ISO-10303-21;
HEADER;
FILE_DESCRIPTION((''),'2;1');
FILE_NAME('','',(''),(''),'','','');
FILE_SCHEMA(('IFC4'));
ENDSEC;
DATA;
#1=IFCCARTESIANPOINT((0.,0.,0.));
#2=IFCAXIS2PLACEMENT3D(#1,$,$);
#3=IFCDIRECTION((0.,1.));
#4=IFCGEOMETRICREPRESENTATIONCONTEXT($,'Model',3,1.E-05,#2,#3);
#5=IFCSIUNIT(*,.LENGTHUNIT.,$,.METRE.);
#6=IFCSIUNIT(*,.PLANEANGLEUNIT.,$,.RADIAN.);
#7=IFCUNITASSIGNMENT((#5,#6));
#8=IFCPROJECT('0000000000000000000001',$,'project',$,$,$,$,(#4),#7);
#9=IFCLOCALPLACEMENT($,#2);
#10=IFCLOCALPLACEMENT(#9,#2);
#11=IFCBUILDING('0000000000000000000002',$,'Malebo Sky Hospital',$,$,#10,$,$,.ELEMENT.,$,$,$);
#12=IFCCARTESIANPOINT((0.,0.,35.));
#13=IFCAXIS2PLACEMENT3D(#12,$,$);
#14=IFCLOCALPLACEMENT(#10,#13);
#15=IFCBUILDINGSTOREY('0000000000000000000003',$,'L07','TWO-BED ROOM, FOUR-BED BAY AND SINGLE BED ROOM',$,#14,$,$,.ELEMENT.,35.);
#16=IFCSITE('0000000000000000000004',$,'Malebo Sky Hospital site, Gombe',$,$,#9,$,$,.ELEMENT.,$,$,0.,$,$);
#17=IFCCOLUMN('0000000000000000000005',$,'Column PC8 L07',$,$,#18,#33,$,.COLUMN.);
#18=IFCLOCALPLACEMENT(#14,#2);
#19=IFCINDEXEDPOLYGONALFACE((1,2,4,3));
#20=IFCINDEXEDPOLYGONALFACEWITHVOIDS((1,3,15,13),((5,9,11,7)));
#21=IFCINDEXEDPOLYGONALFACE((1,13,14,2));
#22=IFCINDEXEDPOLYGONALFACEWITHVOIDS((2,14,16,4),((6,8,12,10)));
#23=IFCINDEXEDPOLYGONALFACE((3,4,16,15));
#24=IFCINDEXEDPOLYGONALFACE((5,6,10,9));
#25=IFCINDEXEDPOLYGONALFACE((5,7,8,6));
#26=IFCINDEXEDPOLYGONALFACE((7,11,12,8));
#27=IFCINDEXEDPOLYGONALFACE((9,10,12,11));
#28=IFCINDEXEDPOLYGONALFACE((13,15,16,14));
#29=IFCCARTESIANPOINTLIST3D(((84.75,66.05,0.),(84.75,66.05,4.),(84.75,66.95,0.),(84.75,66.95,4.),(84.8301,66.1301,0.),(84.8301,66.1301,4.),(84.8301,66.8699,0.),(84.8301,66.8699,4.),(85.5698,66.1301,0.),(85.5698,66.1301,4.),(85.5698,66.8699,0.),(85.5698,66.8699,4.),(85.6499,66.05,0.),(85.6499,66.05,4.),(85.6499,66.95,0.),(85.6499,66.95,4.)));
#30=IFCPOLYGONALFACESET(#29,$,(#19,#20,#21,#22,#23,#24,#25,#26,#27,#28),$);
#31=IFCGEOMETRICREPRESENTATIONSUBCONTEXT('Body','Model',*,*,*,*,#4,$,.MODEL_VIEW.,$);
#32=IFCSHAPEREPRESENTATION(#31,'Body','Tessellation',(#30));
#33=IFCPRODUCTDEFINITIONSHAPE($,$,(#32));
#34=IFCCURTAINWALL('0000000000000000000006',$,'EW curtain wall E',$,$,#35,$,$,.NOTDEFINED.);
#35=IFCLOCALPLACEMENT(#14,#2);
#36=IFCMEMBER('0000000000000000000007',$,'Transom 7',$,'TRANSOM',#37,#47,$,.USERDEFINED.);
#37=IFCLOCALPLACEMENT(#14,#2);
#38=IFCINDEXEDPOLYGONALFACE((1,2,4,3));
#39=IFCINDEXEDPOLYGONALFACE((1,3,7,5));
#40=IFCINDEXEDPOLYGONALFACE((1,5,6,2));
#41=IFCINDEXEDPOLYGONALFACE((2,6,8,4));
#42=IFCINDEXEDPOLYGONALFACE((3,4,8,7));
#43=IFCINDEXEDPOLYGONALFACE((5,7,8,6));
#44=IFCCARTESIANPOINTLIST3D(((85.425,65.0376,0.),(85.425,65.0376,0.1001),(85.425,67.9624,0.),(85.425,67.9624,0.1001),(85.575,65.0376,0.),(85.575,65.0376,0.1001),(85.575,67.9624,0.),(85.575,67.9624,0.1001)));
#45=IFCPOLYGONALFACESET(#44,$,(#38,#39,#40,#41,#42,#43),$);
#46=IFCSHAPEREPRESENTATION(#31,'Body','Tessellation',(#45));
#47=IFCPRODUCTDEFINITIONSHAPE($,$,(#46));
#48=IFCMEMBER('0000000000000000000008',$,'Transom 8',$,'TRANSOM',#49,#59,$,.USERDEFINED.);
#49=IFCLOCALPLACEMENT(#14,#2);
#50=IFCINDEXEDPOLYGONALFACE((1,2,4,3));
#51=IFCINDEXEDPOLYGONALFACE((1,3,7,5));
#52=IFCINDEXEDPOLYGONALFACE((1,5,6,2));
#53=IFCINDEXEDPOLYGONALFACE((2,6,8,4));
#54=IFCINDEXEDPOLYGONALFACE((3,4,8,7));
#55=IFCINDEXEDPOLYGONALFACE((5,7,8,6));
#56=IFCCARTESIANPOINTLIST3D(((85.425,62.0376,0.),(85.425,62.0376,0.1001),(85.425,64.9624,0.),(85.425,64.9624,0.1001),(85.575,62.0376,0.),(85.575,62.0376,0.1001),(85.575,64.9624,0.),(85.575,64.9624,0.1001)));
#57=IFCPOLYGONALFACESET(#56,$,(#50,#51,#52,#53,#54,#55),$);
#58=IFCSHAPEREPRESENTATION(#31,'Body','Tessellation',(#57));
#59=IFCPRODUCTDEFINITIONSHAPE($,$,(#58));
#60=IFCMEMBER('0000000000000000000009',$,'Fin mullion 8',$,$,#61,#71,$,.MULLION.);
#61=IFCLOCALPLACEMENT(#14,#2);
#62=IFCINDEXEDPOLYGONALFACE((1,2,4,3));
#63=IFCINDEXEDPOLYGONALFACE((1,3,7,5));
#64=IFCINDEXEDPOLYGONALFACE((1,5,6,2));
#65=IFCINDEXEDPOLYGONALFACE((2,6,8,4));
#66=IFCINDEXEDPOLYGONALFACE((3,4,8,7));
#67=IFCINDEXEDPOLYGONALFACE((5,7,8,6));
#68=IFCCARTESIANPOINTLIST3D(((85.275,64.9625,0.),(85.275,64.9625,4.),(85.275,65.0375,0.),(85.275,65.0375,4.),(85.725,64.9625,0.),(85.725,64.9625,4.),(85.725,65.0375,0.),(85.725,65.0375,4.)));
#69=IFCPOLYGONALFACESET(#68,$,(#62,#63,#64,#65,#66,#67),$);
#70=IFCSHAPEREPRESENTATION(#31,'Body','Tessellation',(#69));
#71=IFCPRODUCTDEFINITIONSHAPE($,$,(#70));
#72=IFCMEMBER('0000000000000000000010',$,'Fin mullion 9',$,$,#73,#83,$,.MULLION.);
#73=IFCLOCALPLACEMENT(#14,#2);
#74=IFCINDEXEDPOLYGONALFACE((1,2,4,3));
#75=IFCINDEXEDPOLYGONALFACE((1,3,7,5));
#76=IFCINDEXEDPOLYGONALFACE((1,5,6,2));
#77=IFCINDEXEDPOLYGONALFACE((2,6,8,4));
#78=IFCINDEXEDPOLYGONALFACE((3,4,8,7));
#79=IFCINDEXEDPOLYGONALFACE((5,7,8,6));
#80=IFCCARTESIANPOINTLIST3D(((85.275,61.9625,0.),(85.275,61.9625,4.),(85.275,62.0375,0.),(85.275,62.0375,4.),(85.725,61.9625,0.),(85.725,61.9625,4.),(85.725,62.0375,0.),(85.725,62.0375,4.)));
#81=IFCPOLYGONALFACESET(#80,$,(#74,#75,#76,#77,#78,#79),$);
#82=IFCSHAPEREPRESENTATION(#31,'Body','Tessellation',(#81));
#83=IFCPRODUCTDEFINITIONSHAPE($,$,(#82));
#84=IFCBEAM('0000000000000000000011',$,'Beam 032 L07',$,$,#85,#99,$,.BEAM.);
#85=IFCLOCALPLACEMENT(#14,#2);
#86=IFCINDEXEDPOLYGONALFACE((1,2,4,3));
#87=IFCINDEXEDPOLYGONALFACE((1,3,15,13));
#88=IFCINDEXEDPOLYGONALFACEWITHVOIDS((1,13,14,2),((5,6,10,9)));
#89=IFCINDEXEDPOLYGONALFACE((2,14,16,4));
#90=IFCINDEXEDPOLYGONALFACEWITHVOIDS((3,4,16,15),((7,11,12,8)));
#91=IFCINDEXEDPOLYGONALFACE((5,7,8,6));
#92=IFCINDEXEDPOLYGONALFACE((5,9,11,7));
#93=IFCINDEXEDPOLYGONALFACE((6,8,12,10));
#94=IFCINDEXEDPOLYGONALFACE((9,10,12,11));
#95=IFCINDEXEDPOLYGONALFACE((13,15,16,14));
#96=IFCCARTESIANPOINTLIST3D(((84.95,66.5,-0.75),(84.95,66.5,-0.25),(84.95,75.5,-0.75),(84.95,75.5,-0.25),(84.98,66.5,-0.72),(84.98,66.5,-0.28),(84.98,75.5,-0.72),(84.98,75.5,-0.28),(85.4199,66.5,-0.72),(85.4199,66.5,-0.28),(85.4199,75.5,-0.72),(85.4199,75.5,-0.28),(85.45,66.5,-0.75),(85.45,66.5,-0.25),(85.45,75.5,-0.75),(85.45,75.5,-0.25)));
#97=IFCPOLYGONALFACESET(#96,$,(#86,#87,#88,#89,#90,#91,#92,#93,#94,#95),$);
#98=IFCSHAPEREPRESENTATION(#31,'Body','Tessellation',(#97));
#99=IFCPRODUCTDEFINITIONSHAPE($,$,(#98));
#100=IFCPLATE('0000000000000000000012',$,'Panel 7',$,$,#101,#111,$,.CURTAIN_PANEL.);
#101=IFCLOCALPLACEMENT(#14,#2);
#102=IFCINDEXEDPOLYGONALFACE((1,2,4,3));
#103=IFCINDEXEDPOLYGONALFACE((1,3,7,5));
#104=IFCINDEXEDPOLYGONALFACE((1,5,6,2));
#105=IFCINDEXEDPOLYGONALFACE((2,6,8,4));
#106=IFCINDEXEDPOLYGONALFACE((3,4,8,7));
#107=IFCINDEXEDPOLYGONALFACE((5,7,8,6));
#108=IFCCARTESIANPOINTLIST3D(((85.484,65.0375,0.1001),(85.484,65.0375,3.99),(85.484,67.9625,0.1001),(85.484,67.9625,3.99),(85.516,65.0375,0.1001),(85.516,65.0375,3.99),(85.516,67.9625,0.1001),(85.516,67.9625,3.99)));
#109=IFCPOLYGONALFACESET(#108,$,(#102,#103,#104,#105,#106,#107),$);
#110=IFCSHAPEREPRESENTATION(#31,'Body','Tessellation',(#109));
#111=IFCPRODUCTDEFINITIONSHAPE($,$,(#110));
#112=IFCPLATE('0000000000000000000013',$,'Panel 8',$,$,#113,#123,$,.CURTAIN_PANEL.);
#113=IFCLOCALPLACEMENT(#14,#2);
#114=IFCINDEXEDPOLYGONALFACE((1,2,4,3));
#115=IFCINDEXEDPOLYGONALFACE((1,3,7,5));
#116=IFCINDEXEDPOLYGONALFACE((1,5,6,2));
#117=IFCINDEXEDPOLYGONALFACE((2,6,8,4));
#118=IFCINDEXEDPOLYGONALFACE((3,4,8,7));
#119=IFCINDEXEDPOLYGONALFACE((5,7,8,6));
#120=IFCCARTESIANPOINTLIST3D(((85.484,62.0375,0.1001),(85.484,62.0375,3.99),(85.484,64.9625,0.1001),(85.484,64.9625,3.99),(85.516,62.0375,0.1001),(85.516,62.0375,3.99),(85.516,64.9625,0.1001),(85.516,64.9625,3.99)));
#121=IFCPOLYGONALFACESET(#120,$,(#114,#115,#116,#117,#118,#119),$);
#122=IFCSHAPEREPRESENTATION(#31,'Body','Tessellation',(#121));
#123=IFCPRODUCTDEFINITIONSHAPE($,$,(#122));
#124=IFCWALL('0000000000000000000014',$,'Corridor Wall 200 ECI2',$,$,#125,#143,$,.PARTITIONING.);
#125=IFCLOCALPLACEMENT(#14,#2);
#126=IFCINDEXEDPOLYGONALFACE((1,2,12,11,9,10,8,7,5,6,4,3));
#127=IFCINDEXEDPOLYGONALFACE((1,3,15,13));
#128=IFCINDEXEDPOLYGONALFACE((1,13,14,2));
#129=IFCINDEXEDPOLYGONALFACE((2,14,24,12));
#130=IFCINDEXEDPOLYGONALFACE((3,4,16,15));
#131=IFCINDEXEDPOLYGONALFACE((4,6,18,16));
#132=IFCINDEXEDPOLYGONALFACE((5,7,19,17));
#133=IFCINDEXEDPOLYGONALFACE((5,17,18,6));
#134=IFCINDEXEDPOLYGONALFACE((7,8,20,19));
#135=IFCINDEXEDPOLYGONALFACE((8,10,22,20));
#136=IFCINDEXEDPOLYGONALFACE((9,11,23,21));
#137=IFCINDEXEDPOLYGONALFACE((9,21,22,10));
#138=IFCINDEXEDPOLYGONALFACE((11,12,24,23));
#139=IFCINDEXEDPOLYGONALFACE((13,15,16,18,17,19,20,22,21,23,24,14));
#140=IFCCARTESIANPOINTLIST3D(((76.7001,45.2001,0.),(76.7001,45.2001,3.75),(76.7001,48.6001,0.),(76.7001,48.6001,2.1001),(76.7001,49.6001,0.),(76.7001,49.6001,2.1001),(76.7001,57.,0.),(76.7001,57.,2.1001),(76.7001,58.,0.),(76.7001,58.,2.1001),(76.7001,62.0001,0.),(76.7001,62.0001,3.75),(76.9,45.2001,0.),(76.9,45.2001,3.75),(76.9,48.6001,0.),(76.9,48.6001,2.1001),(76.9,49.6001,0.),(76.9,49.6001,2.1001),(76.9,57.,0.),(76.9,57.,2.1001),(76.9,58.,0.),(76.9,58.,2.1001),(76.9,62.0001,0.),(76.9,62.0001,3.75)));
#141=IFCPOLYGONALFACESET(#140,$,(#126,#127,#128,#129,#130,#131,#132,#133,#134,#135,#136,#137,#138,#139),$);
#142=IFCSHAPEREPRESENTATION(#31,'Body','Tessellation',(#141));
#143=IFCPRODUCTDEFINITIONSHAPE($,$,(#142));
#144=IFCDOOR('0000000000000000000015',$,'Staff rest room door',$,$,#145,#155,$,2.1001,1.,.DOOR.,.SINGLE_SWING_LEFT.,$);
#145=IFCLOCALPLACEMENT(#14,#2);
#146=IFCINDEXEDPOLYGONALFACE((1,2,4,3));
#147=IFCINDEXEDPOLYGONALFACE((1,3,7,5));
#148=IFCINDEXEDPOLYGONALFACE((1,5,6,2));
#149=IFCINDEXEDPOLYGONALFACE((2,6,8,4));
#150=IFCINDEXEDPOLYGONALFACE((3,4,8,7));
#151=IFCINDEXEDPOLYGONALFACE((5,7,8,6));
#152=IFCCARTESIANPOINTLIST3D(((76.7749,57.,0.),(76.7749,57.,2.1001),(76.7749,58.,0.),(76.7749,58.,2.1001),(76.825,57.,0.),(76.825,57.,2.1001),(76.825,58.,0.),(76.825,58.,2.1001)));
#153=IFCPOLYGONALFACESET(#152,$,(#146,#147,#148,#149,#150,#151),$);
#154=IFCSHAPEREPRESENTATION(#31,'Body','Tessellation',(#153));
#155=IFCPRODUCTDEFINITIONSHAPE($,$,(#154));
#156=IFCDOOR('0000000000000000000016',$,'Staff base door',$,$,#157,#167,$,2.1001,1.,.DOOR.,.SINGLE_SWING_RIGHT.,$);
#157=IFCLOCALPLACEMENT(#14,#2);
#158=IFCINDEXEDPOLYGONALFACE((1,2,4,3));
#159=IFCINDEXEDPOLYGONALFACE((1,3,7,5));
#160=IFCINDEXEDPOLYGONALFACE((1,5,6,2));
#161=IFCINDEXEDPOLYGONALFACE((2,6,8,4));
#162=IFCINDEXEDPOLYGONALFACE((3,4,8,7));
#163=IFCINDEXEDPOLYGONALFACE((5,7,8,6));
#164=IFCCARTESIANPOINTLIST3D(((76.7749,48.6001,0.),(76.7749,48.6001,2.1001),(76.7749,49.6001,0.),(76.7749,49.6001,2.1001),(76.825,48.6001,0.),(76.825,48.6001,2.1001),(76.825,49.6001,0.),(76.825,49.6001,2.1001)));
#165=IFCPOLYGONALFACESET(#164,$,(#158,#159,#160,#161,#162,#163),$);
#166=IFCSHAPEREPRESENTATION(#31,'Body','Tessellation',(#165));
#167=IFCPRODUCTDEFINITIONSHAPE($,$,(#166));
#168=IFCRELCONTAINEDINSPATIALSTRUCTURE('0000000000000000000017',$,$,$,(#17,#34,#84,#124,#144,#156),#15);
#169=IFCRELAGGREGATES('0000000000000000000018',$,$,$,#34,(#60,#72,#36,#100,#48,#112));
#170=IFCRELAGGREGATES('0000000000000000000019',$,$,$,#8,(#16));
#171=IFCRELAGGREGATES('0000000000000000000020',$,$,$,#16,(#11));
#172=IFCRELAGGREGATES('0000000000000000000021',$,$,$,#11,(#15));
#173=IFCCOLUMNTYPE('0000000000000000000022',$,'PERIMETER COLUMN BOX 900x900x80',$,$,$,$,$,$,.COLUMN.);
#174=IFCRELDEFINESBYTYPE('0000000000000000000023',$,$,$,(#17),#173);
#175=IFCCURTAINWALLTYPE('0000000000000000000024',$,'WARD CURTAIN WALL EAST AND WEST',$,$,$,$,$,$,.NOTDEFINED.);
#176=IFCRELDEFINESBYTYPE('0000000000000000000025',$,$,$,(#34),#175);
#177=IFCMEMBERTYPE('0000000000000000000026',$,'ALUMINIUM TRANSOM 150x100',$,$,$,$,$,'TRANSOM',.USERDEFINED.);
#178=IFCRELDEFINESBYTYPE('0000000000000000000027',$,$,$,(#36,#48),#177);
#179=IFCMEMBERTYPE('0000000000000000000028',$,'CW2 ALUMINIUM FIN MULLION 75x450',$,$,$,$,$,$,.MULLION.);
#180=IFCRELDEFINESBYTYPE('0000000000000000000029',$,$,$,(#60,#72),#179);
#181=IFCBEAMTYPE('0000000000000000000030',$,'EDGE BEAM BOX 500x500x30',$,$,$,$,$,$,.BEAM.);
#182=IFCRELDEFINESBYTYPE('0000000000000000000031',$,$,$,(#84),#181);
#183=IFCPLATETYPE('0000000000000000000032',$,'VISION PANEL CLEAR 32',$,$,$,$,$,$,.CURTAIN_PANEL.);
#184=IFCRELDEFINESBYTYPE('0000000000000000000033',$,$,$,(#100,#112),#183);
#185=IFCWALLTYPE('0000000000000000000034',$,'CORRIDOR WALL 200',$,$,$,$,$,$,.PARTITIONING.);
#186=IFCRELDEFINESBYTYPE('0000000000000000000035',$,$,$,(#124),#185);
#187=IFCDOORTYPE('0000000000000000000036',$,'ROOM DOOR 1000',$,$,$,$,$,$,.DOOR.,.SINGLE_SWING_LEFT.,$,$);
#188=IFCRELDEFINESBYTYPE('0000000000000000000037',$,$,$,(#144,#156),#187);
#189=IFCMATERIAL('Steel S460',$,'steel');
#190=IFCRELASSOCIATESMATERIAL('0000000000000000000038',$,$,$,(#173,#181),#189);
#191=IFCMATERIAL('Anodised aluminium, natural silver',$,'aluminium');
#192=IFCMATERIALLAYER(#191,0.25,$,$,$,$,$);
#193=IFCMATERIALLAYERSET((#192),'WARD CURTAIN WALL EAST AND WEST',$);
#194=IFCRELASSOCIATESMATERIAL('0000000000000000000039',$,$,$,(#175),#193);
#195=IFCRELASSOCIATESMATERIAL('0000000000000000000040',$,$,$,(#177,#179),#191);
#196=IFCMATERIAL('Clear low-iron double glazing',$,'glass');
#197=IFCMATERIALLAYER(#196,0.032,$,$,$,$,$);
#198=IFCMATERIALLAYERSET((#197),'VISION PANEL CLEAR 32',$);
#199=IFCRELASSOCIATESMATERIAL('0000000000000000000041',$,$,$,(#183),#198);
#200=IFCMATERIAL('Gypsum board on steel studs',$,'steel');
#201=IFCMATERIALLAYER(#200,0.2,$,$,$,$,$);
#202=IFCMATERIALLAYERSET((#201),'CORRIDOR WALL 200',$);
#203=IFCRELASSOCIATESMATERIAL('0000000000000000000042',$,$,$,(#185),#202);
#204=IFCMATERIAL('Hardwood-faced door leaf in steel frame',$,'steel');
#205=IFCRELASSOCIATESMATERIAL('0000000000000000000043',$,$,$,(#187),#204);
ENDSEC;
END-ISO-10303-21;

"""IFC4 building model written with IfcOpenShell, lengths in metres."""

from ifc_helpers import new_model, si_unit, direction, frame, frame_2d, origin, origin_2d, place, context, subcontext, project, spatial, rectangle, hollow_rectangle, extrude, material, layer, layer_set, material_profile, profile_set, type_object, element, fill, aggregate, save


model = new_model("IFC4")

# Units and contexts
model_context = context("Model", 3, precision=1e-05, world=origin(), true_north=direction((0.0, 1.0)))
body_context = subcontext(model_context, "Body", "Model", "MODEL_VIEW")
ifc_project = project(units=[si_unit("LENGTHUNIT", "METRE"), si_unit("PLANEANGLEUNIT", "RADIAN")], contexts=[model_context])

# Site, building, storey
site_placement = place(None, origin())
site = spatial("IfcSite", under=ifc_project, at=site_placement, Name="Malebo Sky Hospital site, Gombe", CompositionType="ELEMENT", RefElevation=0.0)
building_placement = place(site_placement, origin())
building = spatial("IfcBuilding", under=site, at=building_placement, Name="Malebo Sky Hospital", CompositionType="ELEMENT")
storey_placement = place(building_placement, frame((0.0, 0.0, 35.0)))
storey = spatial("IfcBuildingStorey", under=building, at=storey_placement, Name="L07", Description="TWO-BED ROOM, FOUR-BED BAY AND SINGLE BED ROOM", CompositionType="ELEMENT", Elevation=35.0)

# Column
ifc_material_1 = material(Name="Steel S460", Category="steel")
ifc_material_profile_1 = material_profile(ifc_material_1, hollow_rectangle(XDim=0.8999, YDim=0.8999, WallThickness=0.0801, at=origin_2d()), Name="BOX 900x900x80")
ifc_profile_set_1 = profile_set([ifc_material_profile_1], Name="Steel S460")
column_type = type_object("IfcColumnType", Name="PERIMETER COLUMN BOX 900x900x80", PredefinedType="COLUMN", material=ifc_profile_set_1)
column_placement = place(storey_placement, frame((85.2, 66.5, 0.0), z_axis=(0.0, 0.0, 1.0), x_axis=(1.0, 0.0, 0.0)))
element("IfcColumn", 1, at=column_placement, inside=storey, type_object=column_type, Name="Column PC8 L07", PredefinedType="COLUMN", context=body_context, shape_type="SweptSolid", body=[
    extrude(hollow_rectangle(XDim=0.8999, YDim=0.8999, WallThickness=0.0801, at=origin_2d()), origin(), (0.0, 0.0, 1.0), 4.0),
])

# Curtain wall, members
ifc_material_2 = material(Name="Anodised aluminium, natural silver", Category="aluminium")
ifc_layer_1 = layer(ifc_material_2, 0.25)
ifc_layer_set_1 = layer_set([ifc_layer_1], Name="WARD CURTAIN WALL EAST AND WEST")
curtain_wall_type = type_object("IfcCurtainWallType", Name="WARD CURTAIN WALL EAST AND WEST", PredefinedType="NOTDEFINED", material=ifc_layer_set_1)
curtain_wall_placement = place(storey_placement, origin())
curtain_wall = element("IfcCurtainWall", 2, at=curtain_wall_placement, inside=storey, type_object=curtain_wall_type, Name="EW curtain wall E", PredefinedType="NOTDEFINED")
ifc_material_profile_2 = material_profile(ifc_material_2, rectangle(XDim=0.1499, YDim=0.1001, at=origin_2d()), Name="ALUMINIUM TRANSOM 150x100")
ifc_profile_set_2 = profile_set([ifc_material_profile_2], Name="Anodised aluminium, natural silver")
member_type_1 = type_object("IfcMemberType", Name="ALUMINIUM TRANSOM 150x100", ElementType="TRANSOM", PredefinedType="USERDEFINED", material=ifc_profile_set_2)
member_1_placement = place(storey_placement, frame((85.5, 67.9624, 0.05), z_axis=(0.0, -1.0, 0.0), x_axis=(1.0, 0.0, 0.0)))
member_1 = element("IfcMember", 3, at=member_1_placement, type_object=member_type_1, Name="Transom 7", ObjectType="TRANSOM", PredefinedType="USERDEFINED", context=body_context, shape_type="SweptSolid", body=[
    extrude(rectangle(XDim=0.1499, YDim=0.1001, at=origin_2d()), origin(), (0.0, 0.0, 1.0), 2.9248),
])
member_2_placement = place(storey_placement, frame((85.5, 64.9624, 0.05), z_axis=(0.0, -1.0, 0.0), x_axis=(1.0, 0.0, 0.0)))
member_2 = element("IfcMember", 4, at=member_2_placement, type_object=member_type_1, Name="Transom 8", ObjectType="TRANSOM", PredefinedType="USERDEFINED", context=body_context, shape_type="SweptSolid", body=[
    extrude(rectangle(XDim=0.1499, YDim=0.1001, at=origin_2d()), origin(), (0.0, 0.0, 1.0), 2.9248),
])
ifc_material_profile_3 = material_profile(ifc_material_2, rectangle(XDim=0.075, YDim=0.45, at=origin_2d()), Name="CW2 ALUMINIUM FIN MULLION 75x450")
ifc_profile_set_3 = profile_set([ifc_material_profile_3], Name="Anodised aluminium, natural silver")
member_type_2 = type_object("IfcMemberType", Name="CW2 ALUMINIUM FIN MULLION 75x450", PredefinedType="MULLION", material=ifc_profile_set_3)
member_3_placement = place(storey_placement, frame((85.5, 65.0, 0.0), z_axis=(0.0, 0.0, 1.0), x_axis=(0.0, -1.0, 0.0)))
member_3 = element("IfcMember", 5, at=member_3_placement, type_object=member_type_2, Name="Fin mullion 8", PredefinedType="MULLION", context=body_context, shape_type="SweptSolid", body=[
    extrude(rectangle(XDim=0.075, YDim=0.45, at=origin_2d()), origin(), (0.0, 0.0, 1.0), 4.0),
])
member_4_placement = place(storey_placement, frame((85.5, 62.0, 0.0), z_axis=(0.0, 0.0, 1.0), x_axis=(0.0, -1.0, 0.0)))
member_4 = element("IfcMember", 6, at=member_4_placement, type_object=member_type_2, Name="Fin mullion 9", PredefinedType="MULLION", context=body_context, shape_type="SweptSolid", body=[
    extrude(rectangle(XDim=0.075, YDim=0.45, at=origin_2d()), origin(), (0.0, 0.0, 1.0), 4.0),
])

# Beam
ifc_material_profile_4 = material_profile(ifc_material_1, hollow_rectangle(XDim=0.5, YDim=0.5, WallThickness=0.03, at=origin_2d()), Name="BOX 500x500x30")
ifc_profile_set_4 = profile_set([ifc_material_profile_4], Name="Steel S460")
beam_type = type_object("IfcBeamType", Name="EDGE BEAM BOX 500x500x30", PredefinedType="BEAM", material=ifc_profile_set_4)
beam_placement = place(storey_placement, frame((85.2, 66.5, -0.5), z_axis=(0.0, 1.0, 0.0), x_axis=(-1.0, 0.0, 0.0)))
element("IfcBeam", 7, at=beam_placement, inside=storey, type_object=beam_type, Name="Beam 032 L07", PredefinedType="BEAM", context=body_context, shape_type="SweptSolid", body=[
    extrude(hollow_rectangle(XDim=0.5, YDim=0.5, WallThickness=0.03, at=origin_2d()), origin(), (0.0, 0.0, 1.0), 9.0),
])

# Plates
ifc_material_3 = material(Name="Clear low-iron double glazing", Category="glass")
ifc_layer_2 = layer(ifc_material_3, 0.032)
ifc_layer_set_2 = layer_set([ifc_layer_2], Name="VISION PANEL CLEAR 32")
plate_type = type_object("IfcPlateType", Name="VISION PANEL CLEAR 32", PredefinedType="CURTAIN_PANEL", material=ifc_layer_set_2)
plate_1_placement = place(storey_placement, frame((85.5, 66.5, 0.1001), z_axis=(0.0, 0.0, 1.0), x_axis=(0.0, -1.0, 0.0)))
plate_1 = element("IfcPlate", 8, at=plate_1_placement, type_object=plate_type, Name="Panel 7", PredefinedType="CURTAIN_PANEL", context=body_context, shape_type="SweptSolid", body=[
    extrude(rectangle(XDim=2.925, YDim=0.032, at=origin_2d()), origin(), (0.0, 0.0, 1.0), 3.8899),
])
plate_2_placement = place(storey_placement, frame((85.5, 63.5, 0.1001), z_axis=(0.0, 0.0, 1.0), x_axis=(0.0, -1.0, 0.0)))
plate_2 = element("IfcPlate", 9, at=plate_2_placement, type_object=plate_type, Name="Panel 8", PredefinedType="CURTAIN_PANEL", context=body_context, shape_type="SweptSolid", body=[
    extrude(rectangle(XDim=2.925, YDim=0.032, at=origin_2d()), origin(), (0.0, 0.0, 1.0), 3.8899),
])
aggregate(curtain_wall, [member_3, member_4, member_1, plate_1, member_2, plate_2])

# Wall, openings, doors
ifc_material_4 = material(Name="Gypsum board on steel studs", Category="steel")
ifc_layer_3 = layer(ifc_material_4, 0.2)
ifc_layer_set_3 = layer_set([ifc_layer_3], Name="CORRIDOR WALL 200")
wall_type_1 = type_object("IfcWallType", Name="CORRIDOR WALL 200", PredefinedType="PARTITIONING", material=ifc_layer_set_3)
wall_1_placement = place(storey_placement, frame((76.8, 62.0, 0.0), z_axis=(0.0, 0.0, 1.0), x_axis=(0.0, -1.0, 0.0)))
wall_1 = element("IfcWall", 10, at=wall_1_placement, inside=storey, type_object=wall_type_1, Name="Corridor Wall 200 ECI2", PredefinedType="PARTITIONING", context=body_context, shape_type="SweptSolid", body=[
    extrude(rectangle(XDim=16.8, YDim=0.2, at=frame_2d((8.3999, 0.0))), origin(), (0.0, 0.0, 1.0), 3.75),
])
opening_1_placement = place(wall_1_placement, frame((4.0, 0.0, 0.0)))
opening_1 = element("IfcOpeningElement", 11, at=opening_1_placement, cuts=wall_1, PredefinedType="OPENING", context=body_context, shape_type="SweptSolid", body=[
    extrude(rectangle(XDim=1.0, YDim=2.1001, at=frame_2d((0.5, 1.05))), frame((0.0, 0.1099, 0.0), z_axis=(0.0, -1.0, 0.0), x_axis=(1.0, 0.0, 0.0)), (0.0, 0.0, 1.0), 0.22),
])
opening_2_placement = place(wall_1_placement, frame((12.3999, 0.0, 0.0)))
opening_2 = element("IfcOpeningElement", 12, at=opening_2_placement, cuts=wall_1, PredefinedType="OPENING", context=body_context, shape_type="SweptSolid", body=[
    extrude(rectangle(XDim=1.0, YDim=2.1001, at=frame_2d((0.5, 1.05))), frame((0.0, 0.1099, 0.0), z_axis=(0.0, -1.0, 0.0), x_axis=(1.0, 0.0, 0.0)), (0.0, 0.0, 1.0), 0.22),
])
ifc_material_5 = material(Name="Hardwood-faced door leaf in steel frame", Category="steel")
door_type_1 = type_object("IfcDoorType", Name="ROOM DOOR 1000", OperationType="SINGLE_SWING_LEFT", PredefinedType="DOOR", material=ifc_material_5)
door_1_placement = place(opening_1_placement, origin())
door_1 = element("IfcDoor", 13, at=door_1_placement, inside=storey, type_object=door_type_1, Name="Staff rest room door", OperationType="SINGLE_SWING_LEFT", OverallHeight=2.1001, OverallWidth=1.0, PredefinedType="DOOR", context=body_context, shape_type="SweptSolid", body=[
    extrude(rectangle(XDim=1.0, YDim=2.1001, at=frame_2d((0.5, 1.05))), frame((0.0, 0.0249, 0.0), z_axis=(0.0, -1.0, 0.0), x_axis=(1.0, 0.0, 0.0)), (0.0, 0.0, 1.0), 0.05),
])
fill(opening_1, door_1)
door_2_placement = place(opening_2_placement, origin())
door_2 = element("IfcDoor", 14, at=door_2_placement, inside=storey, type_object=door_type_1, Name="Staff base door", OperationType="SINGLE_SWING_RIGHT", OverallHeight=2.1001, OverallWidth=1.0, PredefinedType="DOOR", context=body_context, shape_type="SweptSolid", body=[
    extrude(rectangle(XDim=1.0, YDim=2.1001, at=frame_2d((0.5, 1.05))), frame((0.0, 0.0249, 0.0), z_axis=(0.0, -1.0, 0.0), x_axis=(1.0, 0.0, 0.0)), (0.0, 0.0, 1.0), 0.05),
])
fill(opening_2, door_2)

save(model, "model.ifc")
